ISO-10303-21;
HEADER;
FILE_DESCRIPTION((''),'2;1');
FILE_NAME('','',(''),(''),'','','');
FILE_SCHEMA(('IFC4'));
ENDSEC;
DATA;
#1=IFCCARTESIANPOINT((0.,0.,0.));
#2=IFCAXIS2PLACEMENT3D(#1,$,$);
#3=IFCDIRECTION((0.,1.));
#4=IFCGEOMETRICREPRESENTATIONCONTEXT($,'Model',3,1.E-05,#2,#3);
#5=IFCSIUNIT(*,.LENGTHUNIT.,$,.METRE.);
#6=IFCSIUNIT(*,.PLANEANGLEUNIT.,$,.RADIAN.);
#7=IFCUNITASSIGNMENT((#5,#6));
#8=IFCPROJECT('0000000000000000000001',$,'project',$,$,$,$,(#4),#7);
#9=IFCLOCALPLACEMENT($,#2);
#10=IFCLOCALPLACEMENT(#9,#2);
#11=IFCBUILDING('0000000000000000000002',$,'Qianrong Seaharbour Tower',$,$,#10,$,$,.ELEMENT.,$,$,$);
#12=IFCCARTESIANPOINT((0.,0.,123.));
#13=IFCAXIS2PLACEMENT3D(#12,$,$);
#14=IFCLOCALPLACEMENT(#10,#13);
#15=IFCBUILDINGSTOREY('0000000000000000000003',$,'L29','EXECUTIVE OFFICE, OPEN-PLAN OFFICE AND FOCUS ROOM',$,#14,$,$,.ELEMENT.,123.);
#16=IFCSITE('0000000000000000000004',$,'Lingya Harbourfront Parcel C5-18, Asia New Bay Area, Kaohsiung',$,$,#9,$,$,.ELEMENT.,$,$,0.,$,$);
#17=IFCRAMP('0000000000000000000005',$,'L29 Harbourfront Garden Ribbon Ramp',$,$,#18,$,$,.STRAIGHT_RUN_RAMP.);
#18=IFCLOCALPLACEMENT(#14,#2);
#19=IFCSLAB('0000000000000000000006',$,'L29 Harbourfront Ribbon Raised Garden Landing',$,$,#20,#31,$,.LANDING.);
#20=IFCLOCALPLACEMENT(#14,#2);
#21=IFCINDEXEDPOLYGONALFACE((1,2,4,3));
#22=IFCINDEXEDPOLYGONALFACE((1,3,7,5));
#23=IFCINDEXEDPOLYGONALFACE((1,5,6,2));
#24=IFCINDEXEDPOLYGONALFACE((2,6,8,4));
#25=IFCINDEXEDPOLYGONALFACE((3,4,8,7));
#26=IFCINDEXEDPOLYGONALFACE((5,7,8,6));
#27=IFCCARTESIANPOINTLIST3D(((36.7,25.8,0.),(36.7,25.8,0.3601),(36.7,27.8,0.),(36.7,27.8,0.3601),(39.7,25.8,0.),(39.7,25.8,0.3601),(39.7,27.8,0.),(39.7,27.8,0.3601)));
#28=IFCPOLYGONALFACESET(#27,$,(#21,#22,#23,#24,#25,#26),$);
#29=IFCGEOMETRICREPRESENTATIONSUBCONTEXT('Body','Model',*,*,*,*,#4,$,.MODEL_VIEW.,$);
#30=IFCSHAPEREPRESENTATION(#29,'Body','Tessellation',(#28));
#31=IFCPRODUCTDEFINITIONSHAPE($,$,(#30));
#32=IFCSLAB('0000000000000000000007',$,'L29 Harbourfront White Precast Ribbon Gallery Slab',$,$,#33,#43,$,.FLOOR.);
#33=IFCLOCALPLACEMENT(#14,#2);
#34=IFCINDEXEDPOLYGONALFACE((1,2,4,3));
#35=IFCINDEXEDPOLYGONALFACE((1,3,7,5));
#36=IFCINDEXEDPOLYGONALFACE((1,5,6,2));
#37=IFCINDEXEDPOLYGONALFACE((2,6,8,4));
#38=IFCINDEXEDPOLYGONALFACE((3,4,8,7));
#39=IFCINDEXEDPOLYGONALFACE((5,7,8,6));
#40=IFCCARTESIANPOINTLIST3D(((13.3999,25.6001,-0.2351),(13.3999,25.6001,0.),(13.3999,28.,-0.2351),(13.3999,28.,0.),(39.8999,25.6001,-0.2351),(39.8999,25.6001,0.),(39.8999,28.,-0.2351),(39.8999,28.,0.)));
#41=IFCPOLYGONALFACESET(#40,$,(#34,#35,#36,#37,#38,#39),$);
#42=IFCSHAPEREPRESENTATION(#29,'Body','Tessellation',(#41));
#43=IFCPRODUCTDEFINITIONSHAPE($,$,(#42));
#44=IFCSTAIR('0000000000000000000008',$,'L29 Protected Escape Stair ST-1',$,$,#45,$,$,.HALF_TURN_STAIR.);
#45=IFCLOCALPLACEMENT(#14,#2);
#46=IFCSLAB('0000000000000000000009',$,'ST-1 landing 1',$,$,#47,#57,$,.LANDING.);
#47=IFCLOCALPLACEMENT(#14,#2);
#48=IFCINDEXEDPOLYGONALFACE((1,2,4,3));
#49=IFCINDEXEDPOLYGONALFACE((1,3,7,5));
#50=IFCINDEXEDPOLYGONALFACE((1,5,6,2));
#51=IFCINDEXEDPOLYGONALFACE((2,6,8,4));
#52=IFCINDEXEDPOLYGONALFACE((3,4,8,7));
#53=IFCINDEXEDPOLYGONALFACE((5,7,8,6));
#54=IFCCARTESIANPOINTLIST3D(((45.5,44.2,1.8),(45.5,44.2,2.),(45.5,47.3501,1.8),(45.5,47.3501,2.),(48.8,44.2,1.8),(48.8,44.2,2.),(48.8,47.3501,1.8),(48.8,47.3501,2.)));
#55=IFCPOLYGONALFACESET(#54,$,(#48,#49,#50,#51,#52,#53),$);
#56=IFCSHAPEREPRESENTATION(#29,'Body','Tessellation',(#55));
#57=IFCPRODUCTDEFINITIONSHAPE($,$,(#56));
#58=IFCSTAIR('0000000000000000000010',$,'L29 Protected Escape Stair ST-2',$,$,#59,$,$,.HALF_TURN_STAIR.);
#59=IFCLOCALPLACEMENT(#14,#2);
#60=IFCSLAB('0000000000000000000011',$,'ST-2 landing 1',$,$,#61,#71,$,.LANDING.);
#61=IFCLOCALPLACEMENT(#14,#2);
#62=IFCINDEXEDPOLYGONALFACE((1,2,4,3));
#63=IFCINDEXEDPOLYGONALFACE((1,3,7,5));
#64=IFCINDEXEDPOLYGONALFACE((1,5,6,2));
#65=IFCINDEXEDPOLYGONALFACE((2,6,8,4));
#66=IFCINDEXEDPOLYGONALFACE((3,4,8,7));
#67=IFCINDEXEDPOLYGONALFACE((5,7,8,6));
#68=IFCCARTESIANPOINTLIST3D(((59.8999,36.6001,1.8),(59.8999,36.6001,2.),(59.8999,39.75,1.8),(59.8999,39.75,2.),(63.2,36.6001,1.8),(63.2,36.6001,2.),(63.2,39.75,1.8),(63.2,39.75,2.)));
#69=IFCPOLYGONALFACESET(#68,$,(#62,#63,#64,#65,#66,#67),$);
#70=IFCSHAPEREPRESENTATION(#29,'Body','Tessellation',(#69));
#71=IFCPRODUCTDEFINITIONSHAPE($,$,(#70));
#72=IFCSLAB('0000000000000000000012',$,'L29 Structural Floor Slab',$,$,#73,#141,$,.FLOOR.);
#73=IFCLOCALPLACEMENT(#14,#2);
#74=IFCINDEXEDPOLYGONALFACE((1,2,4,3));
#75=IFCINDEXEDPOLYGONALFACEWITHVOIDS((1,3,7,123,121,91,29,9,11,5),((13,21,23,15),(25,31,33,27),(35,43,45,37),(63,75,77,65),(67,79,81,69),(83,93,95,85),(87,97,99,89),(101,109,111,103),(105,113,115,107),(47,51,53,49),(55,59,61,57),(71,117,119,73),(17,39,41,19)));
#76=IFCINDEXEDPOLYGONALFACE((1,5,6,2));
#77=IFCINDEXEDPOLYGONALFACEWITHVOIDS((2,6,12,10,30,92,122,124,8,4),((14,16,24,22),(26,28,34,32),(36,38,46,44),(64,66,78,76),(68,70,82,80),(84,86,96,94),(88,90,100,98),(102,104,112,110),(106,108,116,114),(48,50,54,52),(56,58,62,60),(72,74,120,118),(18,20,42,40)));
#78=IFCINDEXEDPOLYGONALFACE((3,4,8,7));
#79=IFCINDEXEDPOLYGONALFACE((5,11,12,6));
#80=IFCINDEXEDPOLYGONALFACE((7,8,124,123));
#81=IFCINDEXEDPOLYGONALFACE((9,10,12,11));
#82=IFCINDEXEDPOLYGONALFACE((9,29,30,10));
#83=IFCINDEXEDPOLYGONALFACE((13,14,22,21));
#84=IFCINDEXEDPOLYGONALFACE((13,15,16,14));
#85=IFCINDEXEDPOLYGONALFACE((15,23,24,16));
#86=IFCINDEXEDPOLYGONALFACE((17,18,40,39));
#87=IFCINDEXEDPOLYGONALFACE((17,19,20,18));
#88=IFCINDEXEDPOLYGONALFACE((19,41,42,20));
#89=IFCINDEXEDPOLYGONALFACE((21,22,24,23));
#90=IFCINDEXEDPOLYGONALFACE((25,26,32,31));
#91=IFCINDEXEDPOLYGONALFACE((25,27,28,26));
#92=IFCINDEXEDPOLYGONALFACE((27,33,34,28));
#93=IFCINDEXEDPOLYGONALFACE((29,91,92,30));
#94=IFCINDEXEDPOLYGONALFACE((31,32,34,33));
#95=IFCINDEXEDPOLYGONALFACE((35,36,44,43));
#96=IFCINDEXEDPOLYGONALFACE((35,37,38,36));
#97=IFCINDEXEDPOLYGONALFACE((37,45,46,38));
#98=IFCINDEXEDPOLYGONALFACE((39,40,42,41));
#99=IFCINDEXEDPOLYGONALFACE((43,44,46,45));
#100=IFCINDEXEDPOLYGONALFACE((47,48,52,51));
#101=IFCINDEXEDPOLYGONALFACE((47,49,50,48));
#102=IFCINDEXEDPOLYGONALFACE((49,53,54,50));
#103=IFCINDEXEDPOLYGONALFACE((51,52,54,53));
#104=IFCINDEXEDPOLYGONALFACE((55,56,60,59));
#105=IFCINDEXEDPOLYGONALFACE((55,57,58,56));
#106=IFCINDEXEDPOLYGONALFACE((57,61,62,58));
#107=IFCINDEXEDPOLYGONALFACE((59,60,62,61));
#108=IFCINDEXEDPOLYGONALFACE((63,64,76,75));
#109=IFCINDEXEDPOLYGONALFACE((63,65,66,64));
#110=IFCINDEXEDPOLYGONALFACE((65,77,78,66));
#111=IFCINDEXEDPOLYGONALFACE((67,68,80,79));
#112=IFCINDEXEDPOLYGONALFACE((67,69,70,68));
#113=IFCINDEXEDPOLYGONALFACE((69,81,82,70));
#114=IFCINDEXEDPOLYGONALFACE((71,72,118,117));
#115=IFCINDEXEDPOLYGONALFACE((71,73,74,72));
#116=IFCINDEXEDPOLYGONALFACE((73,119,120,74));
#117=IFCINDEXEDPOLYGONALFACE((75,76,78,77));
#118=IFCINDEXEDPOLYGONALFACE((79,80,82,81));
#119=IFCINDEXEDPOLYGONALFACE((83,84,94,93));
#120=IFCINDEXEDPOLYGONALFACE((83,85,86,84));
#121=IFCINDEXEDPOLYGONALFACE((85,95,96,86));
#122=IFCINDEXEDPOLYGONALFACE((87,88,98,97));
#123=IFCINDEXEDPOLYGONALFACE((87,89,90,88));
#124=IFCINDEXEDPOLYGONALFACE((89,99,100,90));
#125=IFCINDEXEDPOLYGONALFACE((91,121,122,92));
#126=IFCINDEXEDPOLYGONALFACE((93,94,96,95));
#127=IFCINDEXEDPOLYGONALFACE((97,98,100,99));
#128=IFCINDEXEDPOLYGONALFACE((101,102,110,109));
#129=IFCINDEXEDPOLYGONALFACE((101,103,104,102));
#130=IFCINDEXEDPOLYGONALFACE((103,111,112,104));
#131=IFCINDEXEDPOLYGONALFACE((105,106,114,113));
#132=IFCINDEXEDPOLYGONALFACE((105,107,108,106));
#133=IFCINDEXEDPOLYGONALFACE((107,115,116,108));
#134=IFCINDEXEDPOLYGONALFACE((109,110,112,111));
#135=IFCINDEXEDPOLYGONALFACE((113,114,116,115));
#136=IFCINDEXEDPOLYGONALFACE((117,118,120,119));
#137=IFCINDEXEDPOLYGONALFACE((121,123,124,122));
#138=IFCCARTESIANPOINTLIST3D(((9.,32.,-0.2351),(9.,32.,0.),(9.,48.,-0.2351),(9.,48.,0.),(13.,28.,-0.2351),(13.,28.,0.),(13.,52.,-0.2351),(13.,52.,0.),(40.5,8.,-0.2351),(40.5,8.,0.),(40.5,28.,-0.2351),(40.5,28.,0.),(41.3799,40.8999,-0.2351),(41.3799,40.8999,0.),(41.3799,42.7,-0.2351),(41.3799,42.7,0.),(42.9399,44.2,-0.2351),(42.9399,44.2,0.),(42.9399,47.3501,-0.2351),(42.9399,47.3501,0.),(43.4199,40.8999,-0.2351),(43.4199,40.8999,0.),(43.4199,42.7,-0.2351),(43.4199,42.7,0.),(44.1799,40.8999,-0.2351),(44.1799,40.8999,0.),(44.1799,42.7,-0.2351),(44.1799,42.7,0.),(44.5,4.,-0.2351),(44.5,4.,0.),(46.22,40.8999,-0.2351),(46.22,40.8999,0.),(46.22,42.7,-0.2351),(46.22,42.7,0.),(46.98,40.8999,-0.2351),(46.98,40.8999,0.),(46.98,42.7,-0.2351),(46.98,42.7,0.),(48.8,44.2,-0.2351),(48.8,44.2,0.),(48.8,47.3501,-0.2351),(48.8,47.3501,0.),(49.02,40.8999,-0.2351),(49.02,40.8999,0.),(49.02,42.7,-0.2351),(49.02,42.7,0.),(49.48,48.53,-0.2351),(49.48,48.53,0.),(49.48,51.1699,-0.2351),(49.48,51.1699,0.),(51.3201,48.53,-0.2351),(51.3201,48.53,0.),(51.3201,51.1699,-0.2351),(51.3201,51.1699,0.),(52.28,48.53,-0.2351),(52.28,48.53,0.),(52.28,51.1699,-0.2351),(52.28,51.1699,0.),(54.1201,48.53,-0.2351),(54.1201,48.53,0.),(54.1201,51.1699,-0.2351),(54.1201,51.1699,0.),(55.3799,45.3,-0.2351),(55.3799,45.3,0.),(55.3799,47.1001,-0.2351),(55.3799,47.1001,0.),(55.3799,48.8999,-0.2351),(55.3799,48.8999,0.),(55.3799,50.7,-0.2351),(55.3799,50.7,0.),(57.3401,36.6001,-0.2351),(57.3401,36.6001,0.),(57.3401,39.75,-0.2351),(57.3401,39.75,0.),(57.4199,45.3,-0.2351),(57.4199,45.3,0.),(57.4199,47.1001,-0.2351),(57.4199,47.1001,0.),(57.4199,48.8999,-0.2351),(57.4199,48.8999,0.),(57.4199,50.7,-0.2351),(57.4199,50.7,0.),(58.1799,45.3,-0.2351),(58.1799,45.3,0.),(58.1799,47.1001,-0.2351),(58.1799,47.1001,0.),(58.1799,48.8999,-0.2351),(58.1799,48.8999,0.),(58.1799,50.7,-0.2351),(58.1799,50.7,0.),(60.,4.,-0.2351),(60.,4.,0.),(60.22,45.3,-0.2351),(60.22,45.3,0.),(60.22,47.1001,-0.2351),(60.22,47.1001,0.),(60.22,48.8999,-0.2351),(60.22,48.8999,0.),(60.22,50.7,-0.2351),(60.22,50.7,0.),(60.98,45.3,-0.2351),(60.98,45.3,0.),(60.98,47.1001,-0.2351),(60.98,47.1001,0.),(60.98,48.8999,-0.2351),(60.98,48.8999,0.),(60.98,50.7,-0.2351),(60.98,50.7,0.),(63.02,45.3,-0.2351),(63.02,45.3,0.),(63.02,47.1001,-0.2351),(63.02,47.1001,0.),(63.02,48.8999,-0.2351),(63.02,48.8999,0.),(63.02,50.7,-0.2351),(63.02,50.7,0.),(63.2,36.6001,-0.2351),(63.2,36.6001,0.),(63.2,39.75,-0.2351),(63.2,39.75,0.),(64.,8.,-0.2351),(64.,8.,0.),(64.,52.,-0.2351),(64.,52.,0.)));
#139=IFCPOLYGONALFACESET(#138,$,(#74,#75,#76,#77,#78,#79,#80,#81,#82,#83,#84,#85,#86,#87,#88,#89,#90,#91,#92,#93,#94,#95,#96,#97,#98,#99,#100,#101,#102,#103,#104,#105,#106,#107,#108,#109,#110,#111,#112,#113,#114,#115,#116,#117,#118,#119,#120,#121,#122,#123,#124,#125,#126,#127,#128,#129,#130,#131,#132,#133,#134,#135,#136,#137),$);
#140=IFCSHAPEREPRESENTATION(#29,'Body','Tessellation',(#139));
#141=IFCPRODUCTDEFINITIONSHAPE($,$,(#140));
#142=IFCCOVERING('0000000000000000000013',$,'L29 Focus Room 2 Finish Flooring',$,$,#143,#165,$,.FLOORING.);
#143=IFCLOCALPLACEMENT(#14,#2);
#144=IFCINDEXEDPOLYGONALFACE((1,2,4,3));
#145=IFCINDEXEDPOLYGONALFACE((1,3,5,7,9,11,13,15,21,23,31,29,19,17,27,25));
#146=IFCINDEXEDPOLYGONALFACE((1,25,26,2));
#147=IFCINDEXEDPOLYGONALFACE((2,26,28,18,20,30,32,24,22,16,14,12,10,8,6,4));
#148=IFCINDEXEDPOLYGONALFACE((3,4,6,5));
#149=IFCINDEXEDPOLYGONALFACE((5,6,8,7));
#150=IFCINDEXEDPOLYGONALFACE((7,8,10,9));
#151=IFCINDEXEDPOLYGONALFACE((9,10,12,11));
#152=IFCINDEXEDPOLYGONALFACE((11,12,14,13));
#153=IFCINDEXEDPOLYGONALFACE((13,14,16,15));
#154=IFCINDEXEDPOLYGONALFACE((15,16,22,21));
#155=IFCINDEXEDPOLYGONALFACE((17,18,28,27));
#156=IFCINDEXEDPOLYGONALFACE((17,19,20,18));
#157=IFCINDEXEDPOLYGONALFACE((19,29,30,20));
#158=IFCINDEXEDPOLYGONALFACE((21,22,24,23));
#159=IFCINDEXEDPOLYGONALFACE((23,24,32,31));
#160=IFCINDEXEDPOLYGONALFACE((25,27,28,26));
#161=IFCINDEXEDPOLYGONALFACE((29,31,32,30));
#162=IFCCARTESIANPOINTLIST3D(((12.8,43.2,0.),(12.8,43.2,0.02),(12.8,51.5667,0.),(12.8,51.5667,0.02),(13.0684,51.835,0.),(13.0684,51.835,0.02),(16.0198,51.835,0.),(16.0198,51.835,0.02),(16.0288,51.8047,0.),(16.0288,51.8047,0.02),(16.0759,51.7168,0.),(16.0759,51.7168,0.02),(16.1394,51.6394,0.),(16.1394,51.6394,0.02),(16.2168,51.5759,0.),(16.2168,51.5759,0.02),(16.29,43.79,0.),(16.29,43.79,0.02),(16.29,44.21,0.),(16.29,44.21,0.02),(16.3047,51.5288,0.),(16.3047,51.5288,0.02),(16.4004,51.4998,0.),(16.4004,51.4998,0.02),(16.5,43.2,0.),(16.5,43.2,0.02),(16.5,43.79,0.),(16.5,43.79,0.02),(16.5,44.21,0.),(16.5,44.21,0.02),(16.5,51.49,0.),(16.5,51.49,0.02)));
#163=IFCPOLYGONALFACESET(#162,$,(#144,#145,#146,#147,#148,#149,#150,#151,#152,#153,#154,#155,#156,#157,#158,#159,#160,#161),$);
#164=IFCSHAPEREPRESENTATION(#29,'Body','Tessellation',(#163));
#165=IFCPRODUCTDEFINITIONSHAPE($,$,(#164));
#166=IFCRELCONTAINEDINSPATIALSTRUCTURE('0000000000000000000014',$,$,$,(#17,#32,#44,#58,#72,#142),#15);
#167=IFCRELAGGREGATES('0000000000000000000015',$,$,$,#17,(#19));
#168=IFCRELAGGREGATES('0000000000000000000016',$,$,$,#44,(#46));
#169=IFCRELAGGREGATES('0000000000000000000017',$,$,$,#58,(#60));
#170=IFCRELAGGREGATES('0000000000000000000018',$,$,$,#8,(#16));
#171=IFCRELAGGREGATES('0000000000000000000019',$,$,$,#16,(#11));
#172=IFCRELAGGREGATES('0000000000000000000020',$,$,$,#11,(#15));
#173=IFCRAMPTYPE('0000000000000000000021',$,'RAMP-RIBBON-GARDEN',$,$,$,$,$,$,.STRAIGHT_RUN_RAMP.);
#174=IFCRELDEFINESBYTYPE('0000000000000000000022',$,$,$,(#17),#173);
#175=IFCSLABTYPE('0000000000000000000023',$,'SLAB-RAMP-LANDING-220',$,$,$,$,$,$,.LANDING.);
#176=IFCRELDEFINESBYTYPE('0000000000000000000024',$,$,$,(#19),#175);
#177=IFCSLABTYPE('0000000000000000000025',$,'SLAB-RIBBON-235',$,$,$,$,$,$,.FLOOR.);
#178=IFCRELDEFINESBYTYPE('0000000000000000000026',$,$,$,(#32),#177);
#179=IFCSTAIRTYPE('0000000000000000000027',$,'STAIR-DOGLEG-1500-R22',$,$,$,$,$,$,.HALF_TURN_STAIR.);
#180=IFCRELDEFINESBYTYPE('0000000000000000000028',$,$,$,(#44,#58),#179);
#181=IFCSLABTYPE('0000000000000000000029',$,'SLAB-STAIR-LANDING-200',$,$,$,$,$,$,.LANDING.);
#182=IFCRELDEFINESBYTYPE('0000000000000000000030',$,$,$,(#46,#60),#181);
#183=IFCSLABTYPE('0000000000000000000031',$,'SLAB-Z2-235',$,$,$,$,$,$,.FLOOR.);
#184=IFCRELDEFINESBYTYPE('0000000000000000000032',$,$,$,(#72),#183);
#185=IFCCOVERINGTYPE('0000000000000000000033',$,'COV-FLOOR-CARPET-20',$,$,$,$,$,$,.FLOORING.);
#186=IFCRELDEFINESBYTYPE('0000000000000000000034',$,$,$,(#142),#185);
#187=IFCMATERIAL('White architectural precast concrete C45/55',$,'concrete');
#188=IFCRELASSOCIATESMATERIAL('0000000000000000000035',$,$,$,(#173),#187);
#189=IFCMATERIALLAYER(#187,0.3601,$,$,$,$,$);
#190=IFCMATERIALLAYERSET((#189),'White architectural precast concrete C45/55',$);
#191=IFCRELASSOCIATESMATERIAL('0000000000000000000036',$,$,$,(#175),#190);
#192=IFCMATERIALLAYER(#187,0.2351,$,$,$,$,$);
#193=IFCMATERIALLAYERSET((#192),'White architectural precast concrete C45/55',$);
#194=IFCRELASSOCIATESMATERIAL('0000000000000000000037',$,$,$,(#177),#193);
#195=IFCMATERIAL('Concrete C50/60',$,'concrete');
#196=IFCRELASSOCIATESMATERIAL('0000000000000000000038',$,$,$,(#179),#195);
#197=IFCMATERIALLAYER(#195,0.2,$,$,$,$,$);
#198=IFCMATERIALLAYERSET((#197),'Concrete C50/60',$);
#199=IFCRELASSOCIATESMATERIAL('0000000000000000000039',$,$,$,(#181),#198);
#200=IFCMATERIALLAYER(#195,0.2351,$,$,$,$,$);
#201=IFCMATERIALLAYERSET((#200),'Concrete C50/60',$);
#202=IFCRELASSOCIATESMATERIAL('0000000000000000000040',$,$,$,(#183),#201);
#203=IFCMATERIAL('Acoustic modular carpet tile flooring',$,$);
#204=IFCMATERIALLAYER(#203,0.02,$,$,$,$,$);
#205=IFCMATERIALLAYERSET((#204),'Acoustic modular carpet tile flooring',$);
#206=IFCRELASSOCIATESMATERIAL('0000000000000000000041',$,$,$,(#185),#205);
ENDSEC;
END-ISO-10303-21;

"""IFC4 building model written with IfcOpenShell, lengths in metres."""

from ifc_helpers import new_model, si_unit, direction, frame, origin, place, context, subcontext, project, spatial, polyline, outline, extrude, material, layer, layer_set, type_object, element, aggregate, save


model = new_model("IFC4")

# Units and contexts
model_context = context("Model", 3, precision=1e-05, world=origin(), true_north=direction((0.0, 1.0)))
body_context = subcontext(model_context, "Body", "Model", "MODEL_VIEW")
ifc_project = project(units=[si_unit("LENGTHUNIT", "METRE"), si_unit("PLANEANGLEUNIT", "RADIAN")], contexts=[model_context])

# Site, building, storey
site_placement = place(None, origin())
site = spatial("IfcSite", under=ifc_project, at=site_placement, Name="Lingya Harbourfront Parcel C5-18, Asia New Bay Area, Kaohsiung", CompositionType="ELEMENT", RefElevation=0.0)
building_placement = place(site_placement, origin())
building = spatial("IfcBuilding", under=site, at=building_placement, Name="Qianrong Seaharbour Tower", CompositionType="ELEMENT")
storey_placement = place(building_placement, frame((0.0, 0.0, 123.0)))
storey = spatial("IfcBuildingStorey", under=building, at=storey_placement, Name="L29", Description="EXECUTIVE OFFICE, OPEN-PLAN OFFICE AND FOCUS ROOM", CompositionType="ELEMENT", Elevation=123.0)

# Ramp, slab
ifc_material_1 = material(Name="White architectural precast concrete C45/55", Category="concrete")
ramp_type = type_object("IfcRampType", Name="RAMP-RIBBON-GARDEN", PredefinedType="STRAIGHT_RUN_RAMP", material=ifc_material_1)
ramp_placement = place(storey_placement, origin())
ramp = element("IfcRamp", 1, at=ramp_placement, inside=storey, type_object=ramp_type, Name="L29 Harbourfront Garden Ribbon Ramp", PredefinedType="STRAIGHT_RUN_RAMP")
ifc_layer_1 = layer(ifc_material_1, 0.3601)
ifc_layer_set_1 = layer_set([ifc_layer_1], Name="White architectural precast concrete C45/55")
slab_type_1 = type_object("IfcSlabType", Name="SLAB-RAMP-LANDING-220", PredefinedType="LANDING", material=ifc_layer_set_1)
slab_1_placement = place(storey_placement, origin())
slab_1 = element("IfcSlab", 2, at=slab_1_placement, type_object=slab_type_1, Name="L29 Harbourfront Ribbon Raised Garden Landing", PredefinedType="LANDING", context=body_context, shape_type="SweptSolid", body=[
    extrude(outline(polyline([(36.7, 25.8), (39.7, 25.8), (39.7, 27.8), (36.7, 27.8), (36.7, 25.8)])), origin(), (0.0, 0.0, 1.0), 0.3601),
])
aggregate(ramp, [slab_1])

# Slab
ifc_layer_2 = layer(ifc_material_1, 0.2351)
ifc_layer_set_2 = layer_set([ifc_layer_2], Name="White architectural precast concrete C45/55")
slab_type_2 = type_object("IfcSlabType", Name="SLAB-RIBBON-235", PredefinedType="FLOOR", material=ifc_layer_set_2)
slab_2_placement = place(storey_placement, frame((0.0, 0.0, -0.2351)))
element("IfcSlab", 3, at=slab_2_placement, inside=storey, type_object=slab_type_2, Name="L29 Harbourfront White Precast Ribbon Gallery Slab", PredefinedType="FLOOR", context=body_context, shape_type="SweptSolid", body=[
    extrude(outline(polyline([(13.3999, 25.6001), (39.8999, 25.6001), (39.8999, 28.0), (13.3999, 28.0), (13.3999, 25.6001)])), origin(), (0.0, 0.0, 1.0), 0.2351),
])

# Stairs, slabs
ifc_material_2 = material(Name="Concrete C50/60", Category="concrete")
stair_type = type_object("IfcStairType", Name="STAIR-DOGLEG-1500-R22", PredefinedType="HALF_TURN_STAIR", material=ifc_material_2)
stair_1_placement = place(storey_placement, origin())
stair_1 = element("IfcStair", 4, at=stair_1_placement, inside=storey, type_object=stair_type, Name="L29 Protected Escape Stair ST-1", PredefinedType="HALF_TURN_STAIR")
ifc_layer_3 = layer(ifc_material_2, 0.2)
ifc_layer_set_3 = layer_set([ifc_layer_3], Name="Concrete C50/60")
slab_type_3 = type_object("IfcSlabType", Name="SLAB-STAIR-LANDING-200", PredefinedType="LANDING", material=ifc_layer_set_3)
slab_3_placement = place(storey_placement, frame((0.0, 0.0, 1.8)))
slab_3 = element("IfcSlab", 5, at=slab_3_placement, type_object=slab_type_3, Name="ST-1 landing 1", PredefinedType="LANDING", context=body_context, shape_type="SweptSolid", body=[
    extrude(outline(polyline([(45.5, 44.2), (48.8, 44.2), (48.8, 47.3501), (45.5, 47.3501), (45.5, 44.2)])), origin(), (0.0, 0.0, 1.0), 0.2),
])
aggregate(stair_1, [slab_3])
stair_2_placement = place(storey_placement, origin())
stair_2 = element("IfcStair", 6, at=stair_2_placement, inside=storey, type_object=stair_type, Name="L29 Protected Escape Stair ST-2", PredefinedType="HALF_TURN_STAIR")
slab_4_placement = place(storey_placement, frame((0.0, 0.0, 1.8)))
slab_4 = element("IfcSlab", 7, at=slab_4_placement, type_object=slab_type_3, Name="ST-2 landing 1", PredefinedType="LANDING", context=body_context, shape_type="SweptSolid", body=[
    extrude(outline(polyline([(59.8999, 36.6001), (63.2, 36.6001), (63.2, 39.75), (59.8999, 39.75), (59.8999, 36.6001)])), origin(), (0.0, 0.0, 1.0), 0.2),
])
aggregate(stair_2, [slab_4])

# Slab
ifc_layer_4 = layer(ifc_material_2, 0.2351)
ifc_layer_set_4 = layer_set([ifc_layer_4], Name="Concrete C50/60")
slab_type_4 = type_object("IfcSlabType", Name="SLAB-Z2-235", PredefinedType="FLOOR", material=ifc_layer_set_4)
slab_5_placement = place(storey_placement, frame((0.0, 0.0, -0.2351)))
element("IfcSlab", 8, at=slab_5_placement, inside=storey, type_object=slab_type_4, Name="L29 Structural Floor Slab", PredefinedType="FLOOR", context=body_context, shape_type="SweptSolid", body=[
    extrude(outline(polyline([(44.5, 4.0), (60.0, 4.0), (64.0, 8.0), (64.0, 52.0), (13.0, 52.0), (9.0, 48.0), (9.0, 32.0), (13.0, 28.0), (40.5, 28.0), (40.5, 8.0), (44.5, 4.0)]), holes=[polyline([(42.9399, 44.2), (42.9399, 47.3501), (48.8, 47.3501), (48.8, 44.2), (42.9399, 44.2)]), polyline([(57.3401, 36.6001), (57.3401, 39.75), (63.2, 39.75), (63.2, 36.6001), (57.3401, 36.6001)]), polyline([(49.48, 48.53), (49.48, 51.1699), (51.3201, 51.1699), (51.3201, 48.53), (49.48, 48.53)]), polyline([(52.28, 48.53), (52.28, 51.1699), (54.1201, 51.1699), (54.1201, 48.53), (52.28, 48.53)]), polyline([(41.3799, 40.8999), (41.3799, 42.7), (43.4199, 42.7), (43.4199, 40.8999), (41.3799, 40.8999)]), polyline([(44.1799, 40.8999), (44.1799, 42.7), (46.22, 42.7), (46.22, 40.8999), (44.1799, 40.8999)]), polyline([(46.98, 40.8999), (46.98, 42.7), (49.02, 42.7), (49.02, 40.8999), (46.98, 40.8999)]), polyline([(55.3799, 45.3), (55.3799, 47.1001), (57.4199, 47.1001), (57.4199, 45.3), (55.3799, 45.3)]), polyline([(58.1799, 45.3), (58.1799, 47.1001), (60.22, 47.1001), (60.22, 45.3), (58.1799, 45.3)]), polyline([(60.98, 45.3), (60.98, 47.1001), (63.02, 47.1001), (63.02, 45.3), (60.98, 45.3)]), polyline([(55.3799, 48.8999), (55.3799, 50.7), (57.4199, 50.7), (57.4199, 48.8999), (55.3799, 48.8999)]), polyline([(58.1799, 48.8999), (58.1799, 50.7), (60.22, 50.7), (60.22, 48.8999), (58.1799, 48.8999)]), polyline([(60.98, 48.8999), (60.98, 50.7), (63.02, 50.7), (63.02, 48.8999), (60.98, 48.8999)])]), origin(), (0.0, 0.0, 1.0), 0.2351),
])

# Covering
ifc_material_3 = material(Name="Acoustic modular carpet tile flooring")
ifc_layer_5 = layer(ifc_material_3, 0.02)
ifc_layer_set_5 = layer_set([ifc_layer_5], Name="Acoustic modular carpet tile flooring")
covering_type_1 = type_object("IfcCoveringType", Name="COV-FLOOR-CARPET-20", PredefinedType="FLOORING", material=ifc_layer_set_5)
covering_1_placement = place(storey_placement, origin())
element("IfcCovering", 9, at=covering_1_placement, inside=storey, type_object=covering_type_1, Name="L29 Focus Room 2 Finish Flooring", PredefinedType="FLOORING", context=body_context, shape_type="SweptSolid", body=[
    extrude(outline(polyline([(12.8, 51.5667), (13.0684, 51.835), (16.0198, 51.835), (16.0288, 51.8047), (16.0759, 51.7168), (16.1394, 51.6394), (16.2168, 51.5759), (16.3047, 51.5288), (16.4004, 51.4998), (16.5, 51.49), (16.5, 44.21), (16.29, 44.21), (16.29, 43.79), (16.5, 43.79), (16.5, 43.2), (12.8, 43.2), (12.8, 51.5667)])), origin(), (0.0, 0.0, 1.0), 0.02),
])

save(model, "model.ifc")
